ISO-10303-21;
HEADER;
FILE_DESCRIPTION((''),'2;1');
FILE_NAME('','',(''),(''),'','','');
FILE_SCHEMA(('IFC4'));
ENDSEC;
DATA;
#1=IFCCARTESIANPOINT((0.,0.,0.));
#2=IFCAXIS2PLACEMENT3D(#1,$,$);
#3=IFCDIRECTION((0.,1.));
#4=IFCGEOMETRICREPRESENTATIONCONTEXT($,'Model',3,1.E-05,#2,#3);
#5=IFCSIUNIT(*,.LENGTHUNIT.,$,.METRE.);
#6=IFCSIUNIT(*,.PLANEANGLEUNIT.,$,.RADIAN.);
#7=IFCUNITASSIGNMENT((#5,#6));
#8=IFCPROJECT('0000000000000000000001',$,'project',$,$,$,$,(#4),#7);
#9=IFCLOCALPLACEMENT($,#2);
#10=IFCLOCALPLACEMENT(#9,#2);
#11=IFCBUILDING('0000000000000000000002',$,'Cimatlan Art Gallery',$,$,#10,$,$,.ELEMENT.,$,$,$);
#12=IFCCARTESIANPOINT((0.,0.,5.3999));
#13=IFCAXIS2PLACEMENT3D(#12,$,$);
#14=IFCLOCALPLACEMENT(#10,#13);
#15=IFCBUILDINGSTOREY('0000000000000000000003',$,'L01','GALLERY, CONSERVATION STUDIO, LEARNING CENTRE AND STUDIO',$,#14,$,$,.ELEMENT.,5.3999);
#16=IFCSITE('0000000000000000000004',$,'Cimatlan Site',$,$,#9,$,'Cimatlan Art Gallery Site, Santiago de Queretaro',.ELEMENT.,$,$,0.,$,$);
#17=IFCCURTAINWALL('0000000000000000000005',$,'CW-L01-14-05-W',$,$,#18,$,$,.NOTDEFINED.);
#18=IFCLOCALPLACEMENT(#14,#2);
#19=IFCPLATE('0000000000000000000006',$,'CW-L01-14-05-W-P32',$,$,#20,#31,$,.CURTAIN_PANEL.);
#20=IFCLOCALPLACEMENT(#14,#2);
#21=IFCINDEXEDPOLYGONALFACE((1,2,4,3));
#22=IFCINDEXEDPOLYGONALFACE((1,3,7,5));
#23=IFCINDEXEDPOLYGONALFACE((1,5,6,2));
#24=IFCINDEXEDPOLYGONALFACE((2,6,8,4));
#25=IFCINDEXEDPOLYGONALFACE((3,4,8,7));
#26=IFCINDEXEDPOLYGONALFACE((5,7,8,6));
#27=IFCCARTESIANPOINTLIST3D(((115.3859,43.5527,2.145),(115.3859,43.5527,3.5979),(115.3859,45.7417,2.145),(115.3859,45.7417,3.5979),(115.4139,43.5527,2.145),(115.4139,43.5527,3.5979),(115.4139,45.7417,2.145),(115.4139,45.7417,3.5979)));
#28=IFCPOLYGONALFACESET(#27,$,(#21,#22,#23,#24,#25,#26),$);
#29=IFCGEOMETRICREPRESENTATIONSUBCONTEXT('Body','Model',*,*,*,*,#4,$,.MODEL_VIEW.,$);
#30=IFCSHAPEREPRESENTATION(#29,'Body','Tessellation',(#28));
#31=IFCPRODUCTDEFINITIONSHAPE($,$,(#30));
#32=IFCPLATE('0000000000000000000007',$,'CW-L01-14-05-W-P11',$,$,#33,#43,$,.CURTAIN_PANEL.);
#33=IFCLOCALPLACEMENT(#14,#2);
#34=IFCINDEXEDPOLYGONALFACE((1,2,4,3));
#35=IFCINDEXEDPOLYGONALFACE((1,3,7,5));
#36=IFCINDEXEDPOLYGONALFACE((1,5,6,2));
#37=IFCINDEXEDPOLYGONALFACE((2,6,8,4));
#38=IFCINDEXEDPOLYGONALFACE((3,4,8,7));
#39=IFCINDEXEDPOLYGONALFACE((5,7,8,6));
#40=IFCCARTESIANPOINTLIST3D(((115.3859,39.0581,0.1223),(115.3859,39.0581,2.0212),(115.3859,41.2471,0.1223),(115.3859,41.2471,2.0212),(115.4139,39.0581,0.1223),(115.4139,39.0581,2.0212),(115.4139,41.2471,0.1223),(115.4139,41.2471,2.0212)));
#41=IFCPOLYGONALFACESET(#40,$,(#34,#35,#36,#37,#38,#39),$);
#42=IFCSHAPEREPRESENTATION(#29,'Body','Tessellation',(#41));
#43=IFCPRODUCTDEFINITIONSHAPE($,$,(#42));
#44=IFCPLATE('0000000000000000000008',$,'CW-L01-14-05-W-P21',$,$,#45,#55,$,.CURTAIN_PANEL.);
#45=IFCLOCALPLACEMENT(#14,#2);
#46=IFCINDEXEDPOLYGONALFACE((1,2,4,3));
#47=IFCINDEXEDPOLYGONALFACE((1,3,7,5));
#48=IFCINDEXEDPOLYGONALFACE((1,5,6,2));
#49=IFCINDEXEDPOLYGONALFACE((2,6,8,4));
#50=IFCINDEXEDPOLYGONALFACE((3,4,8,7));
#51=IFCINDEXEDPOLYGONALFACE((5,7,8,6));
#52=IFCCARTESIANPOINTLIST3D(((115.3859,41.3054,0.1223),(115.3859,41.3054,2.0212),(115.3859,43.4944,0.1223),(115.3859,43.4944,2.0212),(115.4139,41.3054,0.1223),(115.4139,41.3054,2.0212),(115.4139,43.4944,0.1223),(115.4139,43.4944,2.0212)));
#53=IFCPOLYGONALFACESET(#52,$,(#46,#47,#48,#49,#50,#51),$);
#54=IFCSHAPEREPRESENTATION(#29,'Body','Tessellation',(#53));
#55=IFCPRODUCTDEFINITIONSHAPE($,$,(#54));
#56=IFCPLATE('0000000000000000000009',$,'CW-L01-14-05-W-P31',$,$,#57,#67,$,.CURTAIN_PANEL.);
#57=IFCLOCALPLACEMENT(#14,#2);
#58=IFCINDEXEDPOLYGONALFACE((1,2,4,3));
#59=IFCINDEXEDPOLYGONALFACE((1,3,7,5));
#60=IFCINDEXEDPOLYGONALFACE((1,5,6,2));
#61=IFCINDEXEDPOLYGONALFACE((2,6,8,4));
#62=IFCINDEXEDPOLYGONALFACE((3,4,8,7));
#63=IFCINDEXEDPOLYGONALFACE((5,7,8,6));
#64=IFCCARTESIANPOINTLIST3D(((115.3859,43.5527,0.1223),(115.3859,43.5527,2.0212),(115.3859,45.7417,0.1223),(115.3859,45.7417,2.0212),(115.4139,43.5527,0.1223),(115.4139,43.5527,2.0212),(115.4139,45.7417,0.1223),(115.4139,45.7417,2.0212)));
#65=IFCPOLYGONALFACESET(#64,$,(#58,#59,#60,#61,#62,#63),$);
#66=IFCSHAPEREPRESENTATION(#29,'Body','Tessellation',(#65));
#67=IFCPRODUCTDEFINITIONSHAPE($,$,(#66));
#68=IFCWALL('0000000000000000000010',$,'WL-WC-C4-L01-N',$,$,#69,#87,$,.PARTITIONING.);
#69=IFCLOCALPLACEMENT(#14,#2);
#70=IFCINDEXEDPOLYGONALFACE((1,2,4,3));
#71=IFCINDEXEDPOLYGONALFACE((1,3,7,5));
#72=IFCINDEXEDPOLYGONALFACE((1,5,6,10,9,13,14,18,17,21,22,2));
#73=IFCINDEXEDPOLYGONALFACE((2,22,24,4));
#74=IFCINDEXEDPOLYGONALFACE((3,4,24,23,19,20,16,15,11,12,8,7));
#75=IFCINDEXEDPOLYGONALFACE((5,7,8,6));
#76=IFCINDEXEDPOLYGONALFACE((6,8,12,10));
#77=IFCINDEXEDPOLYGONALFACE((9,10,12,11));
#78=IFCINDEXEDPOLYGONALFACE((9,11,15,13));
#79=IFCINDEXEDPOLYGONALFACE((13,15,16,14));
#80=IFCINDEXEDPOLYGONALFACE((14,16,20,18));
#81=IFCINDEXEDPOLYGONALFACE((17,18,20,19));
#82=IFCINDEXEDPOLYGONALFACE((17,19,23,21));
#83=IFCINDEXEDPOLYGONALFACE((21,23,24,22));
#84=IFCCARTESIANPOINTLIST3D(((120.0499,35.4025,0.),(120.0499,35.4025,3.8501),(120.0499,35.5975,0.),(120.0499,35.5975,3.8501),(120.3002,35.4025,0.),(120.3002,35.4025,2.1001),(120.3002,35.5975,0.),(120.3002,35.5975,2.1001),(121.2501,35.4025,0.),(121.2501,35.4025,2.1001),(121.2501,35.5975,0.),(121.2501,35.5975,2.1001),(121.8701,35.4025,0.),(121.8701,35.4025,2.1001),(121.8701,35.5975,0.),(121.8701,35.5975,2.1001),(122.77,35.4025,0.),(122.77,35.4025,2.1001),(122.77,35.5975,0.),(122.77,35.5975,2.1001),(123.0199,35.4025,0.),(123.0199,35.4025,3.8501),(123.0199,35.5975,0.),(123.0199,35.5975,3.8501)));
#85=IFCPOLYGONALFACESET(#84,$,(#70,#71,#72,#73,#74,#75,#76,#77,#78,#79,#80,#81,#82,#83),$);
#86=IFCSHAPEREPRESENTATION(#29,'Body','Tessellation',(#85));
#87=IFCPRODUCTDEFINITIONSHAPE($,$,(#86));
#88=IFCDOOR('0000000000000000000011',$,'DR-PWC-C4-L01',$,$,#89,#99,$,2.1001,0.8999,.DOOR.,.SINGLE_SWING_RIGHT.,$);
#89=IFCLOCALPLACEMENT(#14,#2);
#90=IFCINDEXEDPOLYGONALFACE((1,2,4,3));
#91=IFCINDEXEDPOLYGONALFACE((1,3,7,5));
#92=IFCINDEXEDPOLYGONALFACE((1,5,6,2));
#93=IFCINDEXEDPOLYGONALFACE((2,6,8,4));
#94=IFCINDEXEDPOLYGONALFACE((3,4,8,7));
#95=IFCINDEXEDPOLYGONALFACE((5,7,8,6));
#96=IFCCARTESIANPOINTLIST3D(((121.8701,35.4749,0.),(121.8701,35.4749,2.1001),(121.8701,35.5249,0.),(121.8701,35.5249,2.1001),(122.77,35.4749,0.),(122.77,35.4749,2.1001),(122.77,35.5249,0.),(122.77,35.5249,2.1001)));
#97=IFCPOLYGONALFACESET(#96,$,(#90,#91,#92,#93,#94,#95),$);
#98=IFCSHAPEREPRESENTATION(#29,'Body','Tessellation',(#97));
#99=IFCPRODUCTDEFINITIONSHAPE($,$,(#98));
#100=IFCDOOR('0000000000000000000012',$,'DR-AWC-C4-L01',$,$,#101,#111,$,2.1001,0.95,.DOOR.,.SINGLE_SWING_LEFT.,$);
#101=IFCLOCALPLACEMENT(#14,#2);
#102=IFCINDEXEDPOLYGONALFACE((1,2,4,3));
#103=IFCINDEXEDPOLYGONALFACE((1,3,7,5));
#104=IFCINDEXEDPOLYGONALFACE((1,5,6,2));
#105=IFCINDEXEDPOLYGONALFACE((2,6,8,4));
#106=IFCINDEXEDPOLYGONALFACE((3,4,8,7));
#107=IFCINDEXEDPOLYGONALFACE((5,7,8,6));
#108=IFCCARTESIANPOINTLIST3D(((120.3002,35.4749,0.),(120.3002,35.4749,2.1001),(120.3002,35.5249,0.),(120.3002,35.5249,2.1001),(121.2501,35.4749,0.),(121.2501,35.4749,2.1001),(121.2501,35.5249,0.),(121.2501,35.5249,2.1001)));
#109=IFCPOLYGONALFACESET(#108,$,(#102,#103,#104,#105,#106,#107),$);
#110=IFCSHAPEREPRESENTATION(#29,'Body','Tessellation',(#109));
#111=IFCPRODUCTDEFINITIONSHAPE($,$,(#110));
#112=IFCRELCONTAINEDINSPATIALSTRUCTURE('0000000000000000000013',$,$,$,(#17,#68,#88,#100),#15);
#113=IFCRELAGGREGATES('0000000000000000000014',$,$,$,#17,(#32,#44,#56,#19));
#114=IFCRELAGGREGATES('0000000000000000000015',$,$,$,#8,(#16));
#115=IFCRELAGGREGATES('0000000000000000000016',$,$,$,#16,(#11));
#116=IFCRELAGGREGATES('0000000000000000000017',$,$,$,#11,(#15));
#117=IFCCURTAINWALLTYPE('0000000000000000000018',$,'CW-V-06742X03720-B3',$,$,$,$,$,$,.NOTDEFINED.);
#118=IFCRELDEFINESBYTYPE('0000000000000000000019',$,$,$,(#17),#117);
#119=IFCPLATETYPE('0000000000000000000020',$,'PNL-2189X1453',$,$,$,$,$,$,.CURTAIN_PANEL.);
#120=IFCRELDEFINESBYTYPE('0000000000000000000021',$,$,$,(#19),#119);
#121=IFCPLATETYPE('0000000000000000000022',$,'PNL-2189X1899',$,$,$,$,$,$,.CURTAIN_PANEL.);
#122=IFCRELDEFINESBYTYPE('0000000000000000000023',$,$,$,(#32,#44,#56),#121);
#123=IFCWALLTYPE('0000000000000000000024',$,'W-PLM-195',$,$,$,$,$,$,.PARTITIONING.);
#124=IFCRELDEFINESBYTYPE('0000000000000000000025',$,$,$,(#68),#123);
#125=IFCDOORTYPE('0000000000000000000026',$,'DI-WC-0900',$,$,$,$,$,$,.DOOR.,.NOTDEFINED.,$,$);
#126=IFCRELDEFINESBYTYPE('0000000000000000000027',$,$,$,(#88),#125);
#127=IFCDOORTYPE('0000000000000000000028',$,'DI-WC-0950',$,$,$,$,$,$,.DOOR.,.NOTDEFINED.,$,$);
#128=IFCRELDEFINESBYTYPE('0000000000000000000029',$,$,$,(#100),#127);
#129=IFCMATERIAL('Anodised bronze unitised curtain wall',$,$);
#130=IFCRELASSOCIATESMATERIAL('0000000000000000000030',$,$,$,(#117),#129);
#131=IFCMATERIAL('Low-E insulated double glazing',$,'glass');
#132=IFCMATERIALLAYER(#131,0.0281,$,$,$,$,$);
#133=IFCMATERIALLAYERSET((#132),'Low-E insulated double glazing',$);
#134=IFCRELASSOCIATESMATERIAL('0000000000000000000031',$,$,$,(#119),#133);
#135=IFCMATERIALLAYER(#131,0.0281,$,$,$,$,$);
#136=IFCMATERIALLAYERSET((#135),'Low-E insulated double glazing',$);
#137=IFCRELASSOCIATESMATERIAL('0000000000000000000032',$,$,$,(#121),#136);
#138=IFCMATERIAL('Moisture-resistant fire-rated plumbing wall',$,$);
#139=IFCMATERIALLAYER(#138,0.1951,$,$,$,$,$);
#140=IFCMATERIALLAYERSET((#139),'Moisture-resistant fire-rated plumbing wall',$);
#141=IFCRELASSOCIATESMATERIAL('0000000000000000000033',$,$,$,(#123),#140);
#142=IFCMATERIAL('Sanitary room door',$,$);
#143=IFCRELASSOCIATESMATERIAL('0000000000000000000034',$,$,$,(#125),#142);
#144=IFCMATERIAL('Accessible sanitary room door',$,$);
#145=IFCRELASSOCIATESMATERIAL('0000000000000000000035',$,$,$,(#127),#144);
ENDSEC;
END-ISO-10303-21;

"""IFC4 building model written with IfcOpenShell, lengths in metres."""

from ifc_helpers import new_model, si_unit, direction, frame, frame_2d, origin, origin_2d, place, context, subcontext, project, spatial, rectangle, extrude, material, layer, layer_set, type_object, element, fill, aggregate, save


model = new_model("IFC4")

# Units and contexts
model_context = context("Model", 3, precision=1e-05, world=origin(), true_north=direction((0.0, 1.0)))
body_context = subcontext(model_context, "Body", "Model", "MODEL_VIEW")
ifc_project = project(units=[si_unit("LENGTHUNIT", "METRE"), si_unit("PLANEANGLEUNIT", "RADIAN")], contexts=[model_context])

# Site, building, storey
site_placement = place(None, origin())
site = spatial("IfcSite", under=ifc_project, at=site_placement, Name="Cimatlan Site", LongName="Cimatlan Art Gallery Site, Santiago de Queretaro", CompositionType="ELEMENT", RefElevation=0.0)
building_placement = place(site_placement, origin())
building = spatial("IfcBuilding", under=site, at=building_placement, Name="Cimatlan Art Gallery", CompositionType="ELEMENT")
storey_placement = place(building_placement, frame((0.0, 0.0, 5.3999)))
storey = spatial("IfcBuildingStorey", under=building, at=storey_placement, Name="L01", Description="GALLERY, CONSERVATION STUDIO, LEARNING CENTRE AND STUDIO", CompositionType="ELEMENT", Elevation=5.3999)

# Curtain wall, plates
ifc_material_1 = material(Name="Anodised bronze unitised curtain wall")
curtain_wall_type = type_object("IfcCurtainWallType", Name="CW-V-06742X03720-B3", PredefinedType="NOTDEFINED", material=ifc_material_1)
curtain_wall_placement = place(storey_placement, origin())
curtain_wall = element("IfcCurtainWall", 1, at=curtain_wall_placement, inside=storey, type_object=curtain_wall_type, Name="CW-L01-14-05-W", PredefinedType="NOTDEFINED")
ifc_material_2 = material(Name="Low-E insulated double glazing", Category="glass")
ifc_layer_1 = layer(ifc_material_2, 0.0281)
ifc_layer_set_1 = layer_set([ifc_layer_1], Name="Low-E insulated double glazing")
plate_type_1 = type_object("IfcPlateType", Name="PNL-2189X1453", PredefinedType="CURTAIN_PANEL", material=ifc_layer_set_1)
plate_1_placement = place(storey_placement, frame((115.3999, 44.6472, 2.145), z_axis=(0.0, 0.0, 1.0), x_axis=(0.0, 1.0, 0.0)))
plate_1 = element("IfcPlate", 2, at=plate_1_placement, type_object=plate_type_1, Name="CW-L01-14-05-W-P32", PredefinedType="CURTAIN_PANEL", context=body_context, shape_type="SweptSolid", body=[
    extrude(rectangle(XDim=2.189, YDim=0.0281, at=origin_2d()), origin(), (0.0, 0.0, 1.0), 1.4529),
])
ifc_layer_2 = layer(ifc_material_2, 0.0281)
ifc_layer_set_2 = layer_set([ifc_layer_2], Name="Low-E insulated double glazing")
plate_type_2 = type_object("IfcPlateType", Name="PNL-2189X1899", PredefinedType="CURTAIN_PANEL", material=ifc_layer_set_2)
plate_2_placement = place(storey_placement, frame((115.3999, 40.1526, 0.1223), z_axis=(0.0, 0.0, 1.0), x_axis=(0.0, 1.0, 0.0)))
plate_2 = element("IfcPlate", 3, at=plate_2_placement, type_object=plate_type_2, Name="CW-L01-14-05-W-P11", PredefinedType="CURTAIN_PANEL", context=body_context, shape_type="SweptSolid", body=[
    extrude(rectangle(XDim=2.189, YDim=0.0281, at=origin_2d()), origin(), (0.0, 0.0, 1.0), 1.8989),
])
plate_3_placement = place(storey_placement, frame((115.3999, 42.3999, 0.1223), z_axis=(0.0, 0.0, 1.0), x_axis=(0.0, 1.0, 0.0)))
plate_3 = element("IfcPlate", 4, at=plate_3_placement, type_object=plate_type_2, Name="CW-L01-14-05-W-P21", PredefinedType="CURTAIN_PANEL", context=body_context, shape_type="SweptSolid", body=[
    extrude(rectangle(XDim=2.189, YDim=0.0281, at=origin_2d()), origin(), (0.0, 0.0, 1.0), 1.8989),
])
plate_4_placement = place(storey_placement, frame((115.3999, 44.6472, 0.1223), z_axis=(0.0, 0.0, 1.0), x_axis=(0.0, 1.0, 0.0)))
plate_4 = element("IfcPlate", 5, at=plate_4_placement, type_object=plate_type_2, Name="CW-L01-14-05-W-P31", PredefinedType="CURTAIN_PANEL", context=body_context, shape_type="SweptSolid", body=[
    extrude(rectangle(XDim=2.189, YDim=0.0281, at=origin_2d()), origin(), (0.0, 0.0, 1.0), 1.8989),
])
aggregate(curtain_wall, [plate_2, plate_3, plate_4, plate_1])

# Wall, openings, doors
ifc_material_3 = material(Name="Moisture-resistant fire-rated plumbing wall")
ifc_layer_3 = layer(ifc_material_3, 0.1951)
ifc_layer_set_3 = layer_set([ifc_layer_3], Name="Moisture-resistant fire-rated plumbing wall")
wall_type_1 = type_object("IfcWallType", Name="W-PLM-195", PredefinedType="PARTITIONING", material=ifc_layer_set_3)
wall_1_placement = place(storey_placement, frame((120.05, 35.5, 0.0), z_axis=(0.0, 0.0, 1.0), x_axis=(1.0, 0.0, 0.0)))
wall_1 = element("IfcWall", 6, at=wall_1_placement, inside=storey, type_object=wall_type_1, Name="WL-WC-C4-L01-N", PredefinedType="PARTITIONING", context=body_context, shape_type="SweptSolid", body=[
    extrude(rectangle(XDim=2.97, YDim=0.1951, at=frame_2d((1.4849, 0.0))), origin(), (0.0, 0.0, 1.0), 3.8501),
])
opening_1_placement = place(wall_1_placement, frame((0.25, 0.0, 0.0)))
opening_1 = element("IfcOpeningElement", 7, at=opening_1_placement, cuts=wall_1, PredefinedType="OPENING", context=body_context, shape_type="SweptSolid", body=[
    extrude(rectangle(XDim=0.95, YDim=2.1001, at=frame_2d((0.4751, 1.05))), frame((0.0, 0.1074, 0.0), z_axis=(0.0, -1.0, 0.0), x_axis=(1.0, 0.0, 0.0)), (0.0, 0.0, 1.0), 0.2151),
])
opening_2_placement = place(wall_1_placement, frame((1.8201, 0.0, 0.0)))
opening_2 = element("IfcOpeningElement", 8, at=opening_2_placement, cuts=wall_1, PredefinedType="OPENING", context=body_context, shape_type="SweptSolid", body=[
    extrude(rectangle(XDim=0.8999, YDim=2.1001, at=frame_2d((0.45, 1.05))), frame((0.0, 0.1074, 0.0), z_axis=(0.0, -1.0, 0.0), x_axis=(1.0, 0.0, 0.0)), (0.0, 0.0, 1.0), 0.2151),
])
ifc_material_4 = material(Name="Sanitary room door")
door_type_1 = type_object("IfcDoorType", Name="DI-WC-0900", OperationType="NOTDEFINED", PredefinedType="DOOR", material=ifc_material_4)
door_1_placement = place(opening_2_placement, origin())
door_1 = element("IfcDoor", 9, at=door_1_placement, inside=storey, type_object=door_type_1, Name="DR-PWC-C4-L01", OperationType="SINGLE_SWING_RIGHT", OverallHeight=2.1001, OverallWidth=0.8999, PredefinedType="DOOR", context=body_context, shape_type="SweptSolid", body=[
    extrude(rectangle(XDim=0.8999, YDim=2.1001, at=frame_2d((0.45, 1.05))), frame((0.0, 0.0249, 0.0), z_axis=(0.0, -1.0, 0.0), x_axis=(1.0, 0.0, 0.0)), (0.0, 0.0, 1.0), 0.05),
])
fill(opening_2, door_1)
ifc_material_5 = material(Name="Accessible sanitary room door")
door_type_2 = type_object("IfcDoorType", Name="DI-WC-0950", OperationType="NOTDEFINED", PredefinedType="DOOR", material=ifc_material_5)
door_2_placement = place(opening_1_placement, origin())
door_2 = element("IfcDoor", 10, at=door_2_placement, inside=storey, type_object=door_type_2, Name="DR-AWC-C4-L01", OperationType="SINGLE_SWING_LEFT", OverallHeight=2.1001, OverallWidth=0.95, PredefinedType="DOOR", context=body_context, shape_type="SweptSolid", body=[
    extrude(rectangle(XDim=0.95, YDim=2.1001, at=frame_2d((0.4751, 1.05))), frame((0.0, 0.0249, 0.0), z_axis=(0.0, -1.0, 0.0), x_axis=(1.0, 0.0, 0.0)), (0.0, 0.0, 1.0), 0.05),
])
fill(opening_1, door_2)

save(model, "model.ifc")
